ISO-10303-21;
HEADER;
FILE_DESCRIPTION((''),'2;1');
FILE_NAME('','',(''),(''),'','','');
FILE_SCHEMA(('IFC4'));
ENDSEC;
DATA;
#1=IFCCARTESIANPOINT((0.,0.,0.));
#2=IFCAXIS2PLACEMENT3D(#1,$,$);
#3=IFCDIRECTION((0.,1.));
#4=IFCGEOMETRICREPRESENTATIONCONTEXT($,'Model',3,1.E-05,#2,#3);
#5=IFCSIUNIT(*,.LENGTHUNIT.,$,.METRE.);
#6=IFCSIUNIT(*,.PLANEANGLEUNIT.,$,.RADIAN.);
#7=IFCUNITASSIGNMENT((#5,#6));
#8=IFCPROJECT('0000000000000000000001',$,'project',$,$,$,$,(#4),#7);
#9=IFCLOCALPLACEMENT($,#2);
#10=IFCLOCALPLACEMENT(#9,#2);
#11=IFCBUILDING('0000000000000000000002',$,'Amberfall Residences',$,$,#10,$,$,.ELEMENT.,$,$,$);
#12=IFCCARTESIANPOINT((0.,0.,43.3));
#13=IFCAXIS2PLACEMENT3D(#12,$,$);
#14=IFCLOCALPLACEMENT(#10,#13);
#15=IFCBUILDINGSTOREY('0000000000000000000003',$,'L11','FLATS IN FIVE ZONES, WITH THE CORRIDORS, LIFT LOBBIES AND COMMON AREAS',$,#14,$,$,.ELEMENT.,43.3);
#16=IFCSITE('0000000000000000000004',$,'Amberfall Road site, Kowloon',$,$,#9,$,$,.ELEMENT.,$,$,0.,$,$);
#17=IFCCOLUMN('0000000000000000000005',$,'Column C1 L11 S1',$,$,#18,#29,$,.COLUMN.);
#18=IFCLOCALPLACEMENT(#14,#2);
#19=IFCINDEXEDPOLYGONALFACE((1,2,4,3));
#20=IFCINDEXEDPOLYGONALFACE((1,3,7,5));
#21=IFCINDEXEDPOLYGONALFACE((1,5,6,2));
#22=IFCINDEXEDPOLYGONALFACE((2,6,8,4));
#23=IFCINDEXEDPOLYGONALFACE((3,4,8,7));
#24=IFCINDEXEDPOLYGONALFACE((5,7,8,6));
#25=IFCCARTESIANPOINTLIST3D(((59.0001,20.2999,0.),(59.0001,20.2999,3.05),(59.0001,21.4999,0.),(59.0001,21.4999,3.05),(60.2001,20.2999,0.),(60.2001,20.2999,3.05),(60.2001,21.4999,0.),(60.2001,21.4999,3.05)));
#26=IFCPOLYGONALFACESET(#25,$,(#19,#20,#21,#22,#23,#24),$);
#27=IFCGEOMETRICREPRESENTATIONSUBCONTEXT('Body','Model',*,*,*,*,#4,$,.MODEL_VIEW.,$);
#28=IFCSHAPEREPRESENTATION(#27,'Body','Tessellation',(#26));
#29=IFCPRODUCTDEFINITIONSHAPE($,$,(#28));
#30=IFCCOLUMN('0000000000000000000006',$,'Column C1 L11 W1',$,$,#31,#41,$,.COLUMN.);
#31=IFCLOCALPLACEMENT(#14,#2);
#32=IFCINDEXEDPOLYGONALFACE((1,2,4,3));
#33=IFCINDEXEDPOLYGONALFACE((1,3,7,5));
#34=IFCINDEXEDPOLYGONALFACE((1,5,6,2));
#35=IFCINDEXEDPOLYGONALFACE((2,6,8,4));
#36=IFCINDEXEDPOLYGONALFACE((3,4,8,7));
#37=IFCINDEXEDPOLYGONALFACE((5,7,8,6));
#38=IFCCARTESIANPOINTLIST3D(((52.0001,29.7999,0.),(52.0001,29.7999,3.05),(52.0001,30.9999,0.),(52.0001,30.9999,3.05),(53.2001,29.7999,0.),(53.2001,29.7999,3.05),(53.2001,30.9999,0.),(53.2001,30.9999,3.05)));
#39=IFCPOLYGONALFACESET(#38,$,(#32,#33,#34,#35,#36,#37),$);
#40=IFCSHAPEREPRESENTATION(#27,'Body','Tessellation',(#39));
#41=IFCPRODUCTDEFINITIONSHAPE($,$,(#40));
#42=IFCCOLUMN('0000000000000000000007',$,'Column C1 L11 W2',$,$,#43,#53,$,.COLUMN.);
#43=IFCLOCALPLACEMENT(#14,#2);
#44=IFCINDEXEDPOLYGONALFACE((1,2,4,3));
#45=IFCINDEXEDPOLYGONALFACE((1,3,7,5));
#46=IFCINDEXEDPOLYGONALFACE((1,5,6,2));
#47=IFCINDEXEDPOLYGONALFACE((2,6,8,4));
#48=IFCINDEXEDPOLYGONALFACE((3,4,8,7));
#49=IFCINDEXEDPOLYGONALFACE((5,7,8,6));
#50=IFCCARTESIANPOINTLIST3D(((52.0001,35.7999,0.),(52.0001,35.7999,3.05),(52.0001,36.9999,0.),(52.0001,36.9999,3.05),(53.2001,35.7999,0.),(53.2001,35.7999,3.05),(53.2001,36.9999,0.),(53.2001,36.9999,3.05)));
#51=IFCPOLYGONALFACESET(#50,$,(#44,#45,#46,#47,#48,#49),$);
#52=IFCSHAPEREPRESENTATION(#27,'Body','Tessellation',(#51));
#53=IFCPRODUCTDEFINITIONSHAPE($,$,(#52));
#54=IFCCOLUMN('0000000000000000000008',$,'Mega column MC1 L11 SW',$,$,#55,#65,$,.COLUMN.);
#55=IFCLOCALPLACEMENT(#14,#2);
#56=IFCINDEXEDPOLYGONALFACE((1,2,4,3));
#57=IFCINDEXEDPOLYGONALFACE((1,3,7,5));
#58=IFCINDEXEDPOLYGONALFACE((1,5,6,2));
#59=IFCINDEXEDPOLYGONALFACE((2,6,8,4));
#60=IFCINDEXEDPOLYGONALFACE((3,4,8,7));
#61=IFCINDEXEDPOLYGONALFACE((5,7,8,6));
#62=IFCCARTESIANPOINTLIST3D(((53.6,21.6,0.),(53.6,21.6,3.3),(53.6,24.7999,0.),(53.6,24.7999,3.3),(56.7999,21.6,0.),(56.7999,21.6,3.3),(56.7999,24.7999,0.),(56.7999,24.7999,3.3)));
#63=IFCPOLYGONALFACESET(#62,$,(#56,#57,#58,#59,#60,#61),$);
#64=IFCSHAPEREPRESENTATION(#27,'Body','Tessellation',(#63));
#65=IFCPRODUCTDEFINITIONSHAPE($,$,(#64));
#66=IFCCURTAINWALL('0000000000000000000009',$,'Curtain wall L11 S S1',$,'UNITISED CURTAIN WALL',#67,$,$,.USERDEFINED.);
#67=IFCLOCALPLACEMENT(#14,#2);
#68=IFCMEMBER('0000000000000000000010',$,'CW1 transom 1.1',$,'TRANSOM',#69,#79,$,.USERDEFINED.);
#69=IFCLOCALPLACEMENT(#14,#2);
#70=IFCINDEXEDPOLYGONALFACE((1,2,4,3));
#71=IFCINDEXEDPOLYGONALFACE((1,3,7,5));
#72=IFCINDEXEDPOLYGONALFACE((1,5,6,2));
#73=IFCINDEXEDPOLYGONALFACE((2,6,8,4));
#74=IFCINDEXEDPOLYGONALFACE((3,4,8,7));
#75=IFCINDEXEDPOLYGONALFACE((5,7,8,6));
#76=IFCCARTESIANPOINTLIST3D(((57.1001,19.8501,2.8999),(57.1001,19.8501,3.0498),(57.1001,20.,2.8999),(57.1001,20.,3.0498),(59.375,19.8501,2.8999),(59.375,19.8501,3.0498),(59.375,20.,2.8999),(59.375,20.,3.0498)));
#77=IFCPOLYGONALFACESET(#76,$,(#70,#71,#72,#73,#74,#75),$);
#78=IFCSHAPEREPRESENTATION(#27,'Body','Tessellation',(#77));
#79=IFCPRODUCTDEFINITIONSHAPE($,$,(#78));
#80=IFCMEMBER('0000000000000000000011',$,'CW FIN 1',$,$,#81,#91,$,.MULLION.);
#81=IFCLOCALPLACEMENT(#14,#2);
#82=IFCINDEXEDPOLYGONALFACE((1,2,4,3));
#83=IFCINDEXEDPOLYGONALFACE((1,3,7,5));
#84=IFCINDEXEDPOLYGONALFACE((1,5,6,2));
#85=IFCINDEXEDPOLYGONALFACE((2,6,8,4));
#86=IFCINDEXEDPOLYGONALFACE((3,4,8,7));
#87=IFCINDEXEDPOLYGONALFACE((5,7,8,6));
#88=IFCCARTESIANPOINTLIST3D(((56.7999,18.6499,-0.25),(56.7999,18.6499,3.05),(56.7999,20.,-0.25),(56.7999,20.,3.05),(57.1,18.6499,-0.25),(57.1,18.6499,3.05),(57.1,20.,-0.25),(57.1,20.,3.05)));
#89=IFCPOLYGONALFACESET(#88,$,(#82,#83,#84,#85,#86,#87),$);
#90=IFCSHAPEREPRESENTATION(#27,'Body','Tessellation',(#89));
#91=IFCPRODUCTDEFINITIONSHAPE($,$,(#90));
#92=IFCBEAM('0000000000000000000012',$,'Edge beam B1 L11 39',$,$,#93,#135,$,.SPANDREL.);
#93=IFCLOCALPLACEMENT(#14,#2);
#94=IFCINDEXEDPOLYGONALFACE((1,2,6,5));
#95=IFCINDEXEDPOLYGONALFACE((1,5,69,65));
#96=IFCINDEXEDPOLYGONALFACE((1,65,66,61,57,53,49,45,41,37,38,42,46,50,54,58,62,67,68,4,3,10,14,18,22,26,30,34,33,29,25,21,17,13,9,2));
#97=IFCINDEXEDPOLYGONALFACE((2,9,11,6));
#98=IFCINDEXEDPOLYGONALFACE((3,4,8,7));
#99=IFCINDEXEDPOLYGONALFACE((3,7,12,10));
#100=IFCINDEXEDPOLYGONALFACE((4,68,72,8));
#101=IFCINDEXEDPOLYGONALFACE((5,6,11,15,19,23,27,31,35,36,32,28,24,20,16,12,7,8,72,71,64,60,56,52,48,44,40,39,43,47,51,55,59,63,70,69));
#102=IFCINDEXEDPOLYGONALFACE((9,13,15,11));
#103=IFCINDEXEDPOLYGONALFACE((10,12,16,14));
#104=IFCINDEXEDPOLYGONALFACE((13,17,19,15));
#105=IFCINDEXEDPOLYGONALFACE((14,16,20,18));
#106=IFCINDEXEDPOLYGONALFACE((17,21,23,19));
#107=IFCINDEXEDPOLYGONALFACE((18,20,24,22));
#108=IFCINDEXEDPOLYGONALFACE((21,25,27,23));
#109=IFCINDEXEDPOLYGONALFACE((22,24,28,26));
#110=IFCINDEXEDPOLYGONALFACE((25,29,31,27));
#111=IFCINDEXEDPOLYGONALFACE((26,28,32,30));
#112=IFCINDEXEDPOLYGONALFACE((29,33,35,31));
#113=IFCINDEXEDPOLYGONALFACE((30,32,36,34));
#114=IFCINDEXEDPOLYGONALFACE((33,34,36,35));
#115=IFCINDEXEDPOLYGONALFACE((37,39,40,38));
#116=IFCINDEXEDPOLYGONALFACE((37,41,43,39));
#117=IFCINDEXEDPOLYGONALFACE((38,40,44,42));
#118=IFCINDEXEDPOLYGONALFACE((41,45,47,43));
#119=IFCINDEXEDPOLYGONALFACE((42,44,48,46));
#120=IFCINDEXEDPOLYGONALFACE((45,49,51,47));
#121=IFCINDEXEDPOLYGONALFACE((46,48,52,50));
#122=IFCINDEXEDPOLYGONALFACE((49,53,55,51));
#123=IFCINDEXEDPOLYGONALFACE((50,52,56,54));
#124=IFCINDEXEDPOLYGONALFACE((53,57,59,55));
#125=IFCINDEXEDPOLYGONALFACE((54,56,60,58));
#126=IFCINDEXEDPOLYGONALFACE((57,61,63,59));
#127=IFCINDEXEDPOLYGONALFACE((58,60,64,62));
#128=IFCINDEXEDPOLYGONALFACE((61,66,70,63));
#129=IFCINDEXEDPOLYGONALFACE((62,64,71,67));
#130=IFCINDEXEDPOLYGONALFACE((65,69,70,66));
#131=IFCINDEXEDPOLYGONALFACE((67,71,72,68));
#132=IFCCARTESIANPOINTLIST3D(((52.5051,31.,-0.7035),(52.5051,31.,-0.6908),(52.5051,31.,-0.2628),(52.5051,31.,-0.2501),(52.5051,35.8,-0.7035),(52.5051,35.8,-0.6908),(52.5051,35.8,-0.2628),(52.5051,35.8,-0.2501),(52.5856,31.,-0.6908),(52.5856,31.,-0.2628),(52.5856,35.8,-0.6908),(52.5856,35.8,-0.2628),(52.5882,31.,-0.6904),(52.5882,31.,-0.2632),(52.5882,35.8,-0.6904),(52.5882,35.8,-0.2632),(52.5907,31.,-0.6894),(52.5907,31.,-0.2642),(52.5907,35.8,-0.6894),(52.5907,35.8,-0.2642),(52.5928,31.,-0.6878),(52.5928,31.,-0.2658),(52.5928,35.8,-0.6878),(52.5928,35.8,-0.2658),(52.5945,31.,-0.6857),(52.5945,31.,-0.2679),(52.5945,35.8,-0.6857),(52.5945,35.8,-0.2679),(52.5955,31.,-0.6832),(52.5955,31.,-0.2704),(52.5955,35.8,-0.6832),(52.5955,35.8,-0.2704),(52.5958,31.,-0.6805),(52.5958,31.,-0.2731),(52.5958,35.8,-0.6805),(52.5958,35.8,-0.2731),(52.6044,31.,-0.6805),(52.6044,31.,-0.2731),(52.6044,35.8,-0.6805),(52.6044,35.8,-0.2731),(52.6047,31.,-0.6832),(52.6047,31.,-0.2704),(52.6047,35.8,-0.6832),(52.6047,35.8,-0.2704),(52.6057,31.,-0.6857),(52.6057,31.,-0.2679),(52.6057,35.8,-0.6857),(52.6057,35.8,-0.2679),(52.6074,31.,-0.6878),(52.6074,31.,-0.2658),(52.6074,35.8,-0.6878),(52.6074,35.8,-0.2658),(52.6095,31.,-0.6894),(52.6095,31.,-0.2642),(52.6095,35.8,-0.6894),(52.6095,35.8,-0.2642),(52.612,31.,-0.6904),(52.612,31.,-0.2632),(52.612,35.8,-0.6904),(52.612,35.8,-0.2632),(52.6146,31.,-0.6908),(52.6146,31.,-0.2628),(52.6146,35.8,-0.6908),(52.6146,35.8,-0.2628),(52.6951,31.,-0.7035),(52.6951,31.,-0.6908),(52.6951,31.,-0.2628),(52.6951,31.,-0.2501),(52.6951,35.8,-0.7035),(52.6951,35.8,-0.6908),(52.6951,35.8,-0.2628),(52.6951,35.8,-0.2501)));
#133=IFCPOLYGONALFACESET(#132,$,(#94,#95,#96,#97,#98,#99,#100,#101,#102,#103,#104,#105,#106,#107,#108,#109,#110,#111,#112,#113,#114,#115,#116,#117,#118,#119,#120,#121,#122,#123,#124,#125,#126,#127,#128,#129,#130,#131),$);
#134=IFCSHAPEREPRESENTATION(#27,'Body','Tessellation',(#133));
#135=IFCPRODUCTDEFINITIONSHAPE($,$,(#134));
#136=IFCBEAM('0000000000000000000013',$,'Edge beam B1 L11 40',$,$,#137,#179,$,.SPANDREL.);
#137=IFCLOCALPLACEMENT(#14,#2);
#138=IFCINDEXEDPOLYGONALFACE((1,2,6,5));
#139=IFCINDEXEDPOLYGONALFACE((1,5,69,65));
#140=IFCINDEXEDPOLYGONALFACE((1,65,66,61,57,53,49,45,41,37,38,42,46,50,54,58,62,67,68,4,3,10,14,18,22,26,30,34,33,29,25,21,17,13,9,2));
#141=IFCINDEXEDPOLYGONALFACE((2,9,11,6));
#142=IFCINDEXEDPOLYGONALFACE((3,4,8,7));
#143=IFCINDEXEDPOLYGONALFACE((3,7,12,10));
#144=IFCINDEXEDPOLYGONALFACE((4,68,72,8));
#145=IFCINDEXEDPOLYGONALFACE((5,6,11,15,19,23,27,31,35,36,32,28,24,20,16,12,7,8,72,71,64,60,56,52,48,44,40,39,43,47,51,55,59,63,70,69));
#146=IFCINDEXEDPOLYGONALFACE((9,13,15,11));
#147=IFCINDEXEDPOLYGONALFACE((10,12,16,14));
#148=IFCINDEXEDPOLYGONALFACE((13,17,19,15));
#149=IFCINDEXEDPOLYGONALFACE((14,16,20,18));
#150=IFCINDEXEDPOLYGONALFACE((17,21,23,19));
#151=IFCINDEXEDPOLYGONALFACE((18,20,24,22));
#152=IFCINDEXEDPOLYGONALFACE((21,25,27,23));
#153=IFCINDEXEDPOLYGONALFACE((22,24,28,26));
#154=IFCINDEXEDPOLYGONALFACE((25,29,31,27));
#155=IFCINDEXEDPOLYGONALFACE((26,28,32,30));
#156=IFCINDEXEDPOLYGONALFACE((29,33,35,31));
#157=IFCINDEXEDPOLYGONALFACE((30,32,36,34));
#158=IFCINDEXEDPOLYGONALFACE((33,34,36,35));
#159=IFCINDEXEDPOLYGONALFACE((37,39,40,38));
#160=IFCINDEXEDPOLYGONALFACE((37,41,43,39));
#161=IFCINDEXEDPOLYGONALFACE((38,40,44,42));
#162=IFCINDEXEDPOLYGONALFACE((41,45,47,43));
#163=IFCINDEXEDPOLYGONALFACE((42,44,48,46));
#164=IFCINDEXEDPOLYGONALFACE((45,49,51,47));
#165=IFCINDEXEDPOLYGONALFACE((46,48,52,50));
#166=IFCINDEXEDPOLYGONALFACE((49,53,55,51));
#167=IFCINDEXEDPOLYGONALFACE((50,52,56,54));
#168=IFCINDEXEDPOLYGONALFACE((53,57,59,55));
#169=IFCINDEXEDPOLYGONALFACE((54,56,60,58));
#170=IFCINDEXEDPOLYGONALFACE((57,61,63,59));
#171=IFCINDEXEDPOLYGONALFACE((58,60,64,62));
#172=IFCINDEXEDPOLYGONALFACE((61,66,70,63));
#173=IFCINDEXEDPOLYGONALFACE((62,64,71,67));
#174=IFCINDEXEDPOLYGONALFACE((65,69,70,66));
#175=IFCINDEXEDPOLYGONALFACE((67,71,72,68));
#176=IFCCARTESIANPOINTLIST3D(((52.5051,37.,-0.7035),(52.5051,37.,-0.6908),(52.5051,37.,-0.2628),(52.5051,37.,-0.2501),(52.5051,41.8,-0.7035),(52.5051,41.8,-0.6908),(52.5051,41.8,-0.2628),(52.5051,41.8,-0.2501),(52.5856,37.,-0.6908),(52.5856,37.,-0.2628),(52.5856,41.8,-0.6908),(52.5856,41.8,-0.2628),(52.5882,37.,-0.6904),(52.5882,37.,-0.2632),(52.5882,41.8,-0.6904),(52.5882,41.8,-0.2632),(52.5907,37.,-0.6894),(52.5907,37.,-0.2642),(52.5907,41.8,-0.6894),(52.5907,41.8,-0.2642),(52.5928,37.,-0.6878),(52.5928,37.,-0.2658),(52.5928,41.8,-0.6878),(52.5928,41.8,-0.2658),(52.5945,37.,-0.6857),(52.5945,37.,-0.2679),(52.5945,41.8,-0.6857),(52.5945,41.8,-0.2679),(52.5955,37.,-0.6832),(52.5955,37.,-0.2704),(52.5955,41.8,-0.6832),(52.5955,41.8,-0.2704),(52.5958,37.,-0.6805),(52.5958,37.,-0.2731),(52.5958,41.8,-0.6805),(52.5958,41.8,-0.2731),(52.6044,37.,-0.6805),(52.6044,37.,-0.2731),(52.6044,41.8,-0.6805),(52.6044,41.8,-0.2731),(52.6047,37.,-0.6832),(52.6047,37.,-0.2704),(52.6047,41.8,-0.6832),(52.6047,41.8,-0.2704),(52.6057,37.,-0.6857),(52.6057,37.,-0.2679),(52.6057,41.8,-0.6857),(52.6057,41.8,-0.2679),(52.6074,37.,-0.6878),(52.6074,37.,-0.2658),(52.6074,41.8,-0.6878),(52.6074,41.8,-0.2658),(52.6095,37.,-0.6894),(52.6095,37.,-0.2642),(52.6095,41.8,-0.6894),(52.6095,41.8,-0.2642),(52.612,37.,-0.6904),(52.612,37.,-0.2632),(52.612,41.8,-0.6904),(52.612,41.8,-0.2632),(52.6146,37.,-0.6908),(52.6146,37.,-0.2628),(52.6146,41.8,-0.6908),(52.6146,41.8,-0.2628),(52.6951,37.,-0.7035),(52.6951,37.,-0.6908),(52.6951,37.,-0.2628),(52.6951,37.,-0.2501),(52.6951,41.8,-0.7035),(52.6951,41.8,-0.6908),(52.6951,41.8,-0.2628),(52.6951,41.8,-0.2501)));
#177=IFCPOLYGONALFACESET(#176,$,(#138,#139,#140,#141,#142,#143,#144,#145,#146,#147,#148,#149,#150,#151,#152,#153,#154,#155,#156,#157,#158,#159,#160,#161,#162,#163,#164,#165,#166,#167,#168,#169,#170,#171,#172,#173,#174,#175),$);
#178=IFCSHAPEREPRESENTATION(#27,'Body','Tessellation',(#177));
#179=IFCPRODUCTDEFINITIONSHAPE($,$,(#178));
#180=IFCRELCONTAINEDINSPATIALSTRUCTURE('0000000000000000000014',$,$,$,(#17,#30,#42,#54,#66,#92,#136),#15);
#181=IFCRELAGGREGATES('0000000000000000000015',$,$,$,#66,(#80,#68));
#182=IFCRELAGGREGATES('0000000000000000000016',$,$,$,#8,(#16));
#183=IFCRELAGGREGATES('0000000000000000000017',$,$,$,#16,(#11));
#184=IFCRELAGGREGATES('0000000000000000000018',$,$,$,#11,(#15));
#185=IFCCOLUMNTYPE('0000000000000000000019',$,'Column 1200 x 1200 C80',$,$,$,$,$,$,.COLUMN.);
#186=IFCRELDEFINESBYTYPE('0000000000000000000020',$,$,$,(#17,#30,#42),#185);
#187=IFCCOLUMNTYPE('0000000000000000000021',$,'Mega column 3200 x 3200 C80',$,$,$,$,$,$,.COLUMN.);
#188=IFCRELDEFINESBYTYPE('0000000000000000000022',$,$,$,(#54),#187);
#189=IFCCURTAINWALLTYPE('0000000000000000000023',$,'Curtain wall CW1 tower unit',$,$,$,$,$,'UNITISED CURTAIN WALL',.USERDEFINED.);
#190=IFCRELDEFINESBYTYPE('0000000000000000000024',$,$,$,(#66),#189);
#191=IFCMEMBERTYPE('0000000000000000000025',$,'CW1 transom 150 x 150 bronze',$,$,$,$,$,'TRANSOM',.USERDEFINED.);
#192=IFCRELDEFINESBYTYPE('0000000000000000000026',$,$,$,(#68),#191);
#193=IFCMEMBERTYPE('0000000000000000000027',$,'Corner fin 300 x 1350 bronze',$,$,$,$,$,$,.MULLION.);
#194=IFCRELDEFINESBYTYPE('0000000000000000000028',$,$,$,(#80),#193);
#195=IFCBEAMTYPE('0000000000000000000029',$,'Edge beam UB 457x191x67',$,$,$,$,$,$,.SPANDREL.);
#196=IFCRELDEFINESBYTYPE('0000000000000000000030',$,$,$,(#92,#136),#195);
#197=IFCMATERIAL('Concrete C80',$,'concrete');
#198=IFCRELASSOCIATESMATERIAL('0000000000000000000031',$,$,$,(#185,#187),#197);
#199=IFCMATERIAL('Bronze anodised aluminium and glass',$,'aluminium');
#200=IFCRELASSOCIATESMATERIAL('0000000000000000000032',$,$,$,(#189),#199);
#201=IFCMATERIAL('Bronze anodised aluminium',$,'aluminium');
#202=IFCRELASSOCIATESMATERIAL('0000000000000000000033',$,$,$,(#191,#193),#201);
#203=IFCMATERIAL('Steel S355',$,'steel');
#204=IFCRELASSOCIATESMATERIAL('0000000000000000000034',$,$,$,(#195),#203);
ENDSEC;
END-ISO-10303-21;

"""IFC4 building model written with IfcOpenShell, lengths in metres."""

from ifc_helpers import new_model, si_unit, direction, frame, origin, origin_2d, place, context, subcontext, project, spatial, rectangle, i_section, extrude, material, material_profile, profile_set, type_object, element, aggregate, save


model = new_model("IFC4")

# Units and contexts
model_context = context("Model", 3, precision=1e-05, world=origin(), true_north=direction((0.0, 1.0)))
body_context = subcontext(model_context, "Body", "Model", "MODEL_VIEW")
ifc_project = project(units=[si_unit("LENGTHUNIT", "METRE"), si_unit("PLANEANGLEUNIT", "RADIAN")], contexts=[model_context])

# Site, building, storey
site_placement = place(None, origin())
site = spatial("IfcSite", under=ifc_project, at=site_placement, Name="Amberfall Road site, Kowloon", CompositionType="ELEMENT", RefElevation=0.0)
building_placement = place(site_placement, origin())
building = spatial("IfcBuilding", under=site, at=building_placement, Name="Amberfall Residences", CompositionType="ELEMENT")
storey_placement = place(building_placement, frame((0.0, 0.0, 43.3)))
storey = spatial("IfcBuildingStorey", under=building, at=storey_placement, Name="L11", Description="FLATS IN FIVE ZONES, WITH THE CORRIDORS, LIFT LOBBIES AND COMMON AREAS", CompositionType="ELEMENT", Elevation=43.3)

# Columns
ifc_material_1 = material(Name="Concrete C80", Category="concrete")
ifc_material_profile_1 = material_profile(ifc_material_1, rectangle(XDim=1.2, YDim=1.2, at=origin_2d()), Name="Column 1200 x 1200 C80")
ifc_profile_set_1 = profile_set([ifc_material_profile_1], Name="Concrete C80")
column_type_1 = type_object("IfcColumnType", Name="Column 1200 x 1200 C80", PredefinedType="COLUMN", material=ifc_profile_set_1)
for number, where, z_axis, x_axis, name in (
    (1, (59.6001, 20.8999, 0.0), (0.0, 0.0, 1.0), (1.0, 0.0, 0.0), "Column C1 L11 S1"),
    (2, (52.6001, 30.3999, 0.0), (0.0, 0.0, 1.0), (1.0, 0.0, 0.0), "Column C1 L11 W1"),
    (3, (52.6001, 36.3999, 0.0), (0.0, 0.0, 1.0), (1.0, 0.0, 0.0), "Column C1 L11 W2"),
):
    element("IfcColumn", number, at=place(storey_placement, frame(where, z_axis=z_axis, x_axis=x_axis)), inside=storey, type_object=column_type_1, Name=name, PredefinedType="COLUMN", context=body_context, shape_type="SweptSolid", body=[
        extrude(rectangle(XDim=1.2, YDim=1.2, at=origin_2d()), origin(), (0.0, 0.0, 1.0), 3.05),
    ])
ifc_material_profile_2 = material_profile(ifc_material_1, rectangle(XDim=3.2, YDim=3.2, at=origin_2d()), Name="Mega column 3200 x 3200 C80")
ifc_profile_set_2 = profile_set([ifc_material_profile_2], Name="Concrete C80")
column_type_2 = type_object("IfcColumnType", Name="Mega column 3200 x 3200 C80", PredefinedType="COLUMN", material=ifc_profile_set_2)
column_placement = place(storey_placement, frame((55.2, 23.2, 0.0), z_axis=(0.0, 0.0, 1.0), x_axis=(1.0, 0.0, 0.0)))
element("IfcColumn", 4, at=column_placement, inside=storey, type_object=column_type_2, Name="Mega column MC1 L11 SW", PredefinedType="COLUMN", context=body_context, shape_type="SweptSolid", body=[
    extrude(rectangle(XDim=3.2, YDim=3.2, at=origin_2d()), origin(), (0.0, 0.0, 1.0), 3.3),
])

# Curtain wall, members
ifc_material_2 = material(Name="Bronze anodised aluminium and glass", Category="aluminium")
curtain_wall_type = type_object("IfcCurtainWallType", Name="Curtain wall CW1 tower unit", ElementType="UNITISED CURTAIN WALL", PredefinedType="USERDEFINED", material=ifc_material_2)
curtain_wall_placement = place(storey_placement, origin())
curtain_wall = element("IfcCurtainWall", 5, at=curtain_wall_placement, inside=storey, type_object=curtain_wall_type, Name="Curtain wall L11 S S1", ObjectType="UNITISED CURTAIN WALL", PredefinedType="USERDEFINED")
ifc_material_3 = material(Name="Bronze anodised aluminium", Category="aluminium")
ifc_material_profile_3 = material_profile(ifc_material_3, rectangle(XDim=0.1499, YDim=0.1499, at=origin_2d()), Name="CW1 transom 150 x 150 bronze")
ifc_profile_set_3 = profile_set([ifc_material_profile_3], Name="Bronze anodised aluminium")
member_type_1 = type_object("IfcMemberType", Name="CW1 transom 150 x 150 bronze", ElementType="TRANSOM", PredefinedType="USERDEFINED", material=ifc_profile_set_3)
member_1_placement = place(storey_placement, frame((57.1001, 19.925, 2.9749), z_axis=(1.0, 0.0, 0.0), x_axis=(0.0, 1.0, 0.0)))
member_1 = element("IfcMember", 6, at=member_1_placement, type_object=member_type_1, Name="CW1 transom 1.1", ObjectType="TRANSOM", PredefinedType="USERDEFINED", context=body_context, shape_type="SweptSolid", body=[
    extrude(rectangle(XDim=0.1499, YDim=0.1499, at=origin_2d()), origin(), (0.0, 0.0, 1.0), 2.2749),
])
ifc_material_profile_4 = material_profile(ifc_material_3, rectangle(XDim=1.3501, YDim=0.3, at=origin_2d()), Name="Corner fin 300 x 1350 bronze")
ifc_profile_set_4 = profile_set([ifc_material_profile_4], Name="Bronze anodised aluminium")
member_type_2 = type_object("IfcMemberType", Name="Corner fin 300 x 1350 bronze", PredefinedType="MULLION", material=ifc_profile_set_4)
member_2_placement = place(storey_placement, frame((56.95, 19.325, -0.25), z_axis=(0.0, 0.0, 1.0), x_axis=(0.0, 1.0, 0.0)))
member_2 = element("IfcMember", 7, at=member_2_placement, type_object=member_type_2, Name="CW FIN 1", PredefinedType="MULLION", context=body_context, shape_type="SweptSolid", body=[
    extrude(rectangle(XDim=1.3501, YDim=0.3, at=origin_2d()), origin(), (0.0, 0.0, 1.0), 3.3),
])

# Beams
ifc_material_4 = material(Name="Steel S355", Category="steel")
ifc_material_profile_5 = material_profile(ifc_material_4, i_section(OverallWidth=0.1899, OverallDepth=0.4534, WebThickness=0.0085, FlangeThickness=0.0127, FilletRadius=0.0103, at=origin_2d()), Name="UB 457x191x67")
ifc_profile_set_5 = profile_set([ifc_material_profile_5], Name="Steel S355")
beam_type_1 = type_object("IfcBeamType", Name="Edge beam UB 457x191x67", PredefinedType="SPANDREL", material=ifc_profile_set_5)
for number, where, z_axis, x_axis, name in (
    (8, (52.6001, 31.0, -0.4768), (0.0, 1.0, 0.0), (-1.0, 0.0, 0.0), "Edge beam B1 L11 39"),
    (9, (52.6001, 37.0, -0.4768), (0.0, 1.0, 0.0), (-1.0, 0.0, 0.0), "Edge beam B1 L11 40"),
):
    element("IfcBeam", number, at=place(storey_placement, frame(where, z_axis=z_axis, x_axis=x_axis)), inside=storey, type_object=beam_type_1, Name=name, PredefinedType="SPANDREL", context=body_context, shape_type="SweptSolid", body=[
        extrude(i_section(OverallWidth=0.1899, OverallDepth=0.4534, WebThickness=0.0085, FlangeThickness=0.0127, FilletRadius=0.0103, at=origin_2d()), origin(), (0.0, 0.0, 1.0), 4.8),
    ])

aggregate(curtain_wall, [member_2, member_1])

save(model, "model.ifc")
